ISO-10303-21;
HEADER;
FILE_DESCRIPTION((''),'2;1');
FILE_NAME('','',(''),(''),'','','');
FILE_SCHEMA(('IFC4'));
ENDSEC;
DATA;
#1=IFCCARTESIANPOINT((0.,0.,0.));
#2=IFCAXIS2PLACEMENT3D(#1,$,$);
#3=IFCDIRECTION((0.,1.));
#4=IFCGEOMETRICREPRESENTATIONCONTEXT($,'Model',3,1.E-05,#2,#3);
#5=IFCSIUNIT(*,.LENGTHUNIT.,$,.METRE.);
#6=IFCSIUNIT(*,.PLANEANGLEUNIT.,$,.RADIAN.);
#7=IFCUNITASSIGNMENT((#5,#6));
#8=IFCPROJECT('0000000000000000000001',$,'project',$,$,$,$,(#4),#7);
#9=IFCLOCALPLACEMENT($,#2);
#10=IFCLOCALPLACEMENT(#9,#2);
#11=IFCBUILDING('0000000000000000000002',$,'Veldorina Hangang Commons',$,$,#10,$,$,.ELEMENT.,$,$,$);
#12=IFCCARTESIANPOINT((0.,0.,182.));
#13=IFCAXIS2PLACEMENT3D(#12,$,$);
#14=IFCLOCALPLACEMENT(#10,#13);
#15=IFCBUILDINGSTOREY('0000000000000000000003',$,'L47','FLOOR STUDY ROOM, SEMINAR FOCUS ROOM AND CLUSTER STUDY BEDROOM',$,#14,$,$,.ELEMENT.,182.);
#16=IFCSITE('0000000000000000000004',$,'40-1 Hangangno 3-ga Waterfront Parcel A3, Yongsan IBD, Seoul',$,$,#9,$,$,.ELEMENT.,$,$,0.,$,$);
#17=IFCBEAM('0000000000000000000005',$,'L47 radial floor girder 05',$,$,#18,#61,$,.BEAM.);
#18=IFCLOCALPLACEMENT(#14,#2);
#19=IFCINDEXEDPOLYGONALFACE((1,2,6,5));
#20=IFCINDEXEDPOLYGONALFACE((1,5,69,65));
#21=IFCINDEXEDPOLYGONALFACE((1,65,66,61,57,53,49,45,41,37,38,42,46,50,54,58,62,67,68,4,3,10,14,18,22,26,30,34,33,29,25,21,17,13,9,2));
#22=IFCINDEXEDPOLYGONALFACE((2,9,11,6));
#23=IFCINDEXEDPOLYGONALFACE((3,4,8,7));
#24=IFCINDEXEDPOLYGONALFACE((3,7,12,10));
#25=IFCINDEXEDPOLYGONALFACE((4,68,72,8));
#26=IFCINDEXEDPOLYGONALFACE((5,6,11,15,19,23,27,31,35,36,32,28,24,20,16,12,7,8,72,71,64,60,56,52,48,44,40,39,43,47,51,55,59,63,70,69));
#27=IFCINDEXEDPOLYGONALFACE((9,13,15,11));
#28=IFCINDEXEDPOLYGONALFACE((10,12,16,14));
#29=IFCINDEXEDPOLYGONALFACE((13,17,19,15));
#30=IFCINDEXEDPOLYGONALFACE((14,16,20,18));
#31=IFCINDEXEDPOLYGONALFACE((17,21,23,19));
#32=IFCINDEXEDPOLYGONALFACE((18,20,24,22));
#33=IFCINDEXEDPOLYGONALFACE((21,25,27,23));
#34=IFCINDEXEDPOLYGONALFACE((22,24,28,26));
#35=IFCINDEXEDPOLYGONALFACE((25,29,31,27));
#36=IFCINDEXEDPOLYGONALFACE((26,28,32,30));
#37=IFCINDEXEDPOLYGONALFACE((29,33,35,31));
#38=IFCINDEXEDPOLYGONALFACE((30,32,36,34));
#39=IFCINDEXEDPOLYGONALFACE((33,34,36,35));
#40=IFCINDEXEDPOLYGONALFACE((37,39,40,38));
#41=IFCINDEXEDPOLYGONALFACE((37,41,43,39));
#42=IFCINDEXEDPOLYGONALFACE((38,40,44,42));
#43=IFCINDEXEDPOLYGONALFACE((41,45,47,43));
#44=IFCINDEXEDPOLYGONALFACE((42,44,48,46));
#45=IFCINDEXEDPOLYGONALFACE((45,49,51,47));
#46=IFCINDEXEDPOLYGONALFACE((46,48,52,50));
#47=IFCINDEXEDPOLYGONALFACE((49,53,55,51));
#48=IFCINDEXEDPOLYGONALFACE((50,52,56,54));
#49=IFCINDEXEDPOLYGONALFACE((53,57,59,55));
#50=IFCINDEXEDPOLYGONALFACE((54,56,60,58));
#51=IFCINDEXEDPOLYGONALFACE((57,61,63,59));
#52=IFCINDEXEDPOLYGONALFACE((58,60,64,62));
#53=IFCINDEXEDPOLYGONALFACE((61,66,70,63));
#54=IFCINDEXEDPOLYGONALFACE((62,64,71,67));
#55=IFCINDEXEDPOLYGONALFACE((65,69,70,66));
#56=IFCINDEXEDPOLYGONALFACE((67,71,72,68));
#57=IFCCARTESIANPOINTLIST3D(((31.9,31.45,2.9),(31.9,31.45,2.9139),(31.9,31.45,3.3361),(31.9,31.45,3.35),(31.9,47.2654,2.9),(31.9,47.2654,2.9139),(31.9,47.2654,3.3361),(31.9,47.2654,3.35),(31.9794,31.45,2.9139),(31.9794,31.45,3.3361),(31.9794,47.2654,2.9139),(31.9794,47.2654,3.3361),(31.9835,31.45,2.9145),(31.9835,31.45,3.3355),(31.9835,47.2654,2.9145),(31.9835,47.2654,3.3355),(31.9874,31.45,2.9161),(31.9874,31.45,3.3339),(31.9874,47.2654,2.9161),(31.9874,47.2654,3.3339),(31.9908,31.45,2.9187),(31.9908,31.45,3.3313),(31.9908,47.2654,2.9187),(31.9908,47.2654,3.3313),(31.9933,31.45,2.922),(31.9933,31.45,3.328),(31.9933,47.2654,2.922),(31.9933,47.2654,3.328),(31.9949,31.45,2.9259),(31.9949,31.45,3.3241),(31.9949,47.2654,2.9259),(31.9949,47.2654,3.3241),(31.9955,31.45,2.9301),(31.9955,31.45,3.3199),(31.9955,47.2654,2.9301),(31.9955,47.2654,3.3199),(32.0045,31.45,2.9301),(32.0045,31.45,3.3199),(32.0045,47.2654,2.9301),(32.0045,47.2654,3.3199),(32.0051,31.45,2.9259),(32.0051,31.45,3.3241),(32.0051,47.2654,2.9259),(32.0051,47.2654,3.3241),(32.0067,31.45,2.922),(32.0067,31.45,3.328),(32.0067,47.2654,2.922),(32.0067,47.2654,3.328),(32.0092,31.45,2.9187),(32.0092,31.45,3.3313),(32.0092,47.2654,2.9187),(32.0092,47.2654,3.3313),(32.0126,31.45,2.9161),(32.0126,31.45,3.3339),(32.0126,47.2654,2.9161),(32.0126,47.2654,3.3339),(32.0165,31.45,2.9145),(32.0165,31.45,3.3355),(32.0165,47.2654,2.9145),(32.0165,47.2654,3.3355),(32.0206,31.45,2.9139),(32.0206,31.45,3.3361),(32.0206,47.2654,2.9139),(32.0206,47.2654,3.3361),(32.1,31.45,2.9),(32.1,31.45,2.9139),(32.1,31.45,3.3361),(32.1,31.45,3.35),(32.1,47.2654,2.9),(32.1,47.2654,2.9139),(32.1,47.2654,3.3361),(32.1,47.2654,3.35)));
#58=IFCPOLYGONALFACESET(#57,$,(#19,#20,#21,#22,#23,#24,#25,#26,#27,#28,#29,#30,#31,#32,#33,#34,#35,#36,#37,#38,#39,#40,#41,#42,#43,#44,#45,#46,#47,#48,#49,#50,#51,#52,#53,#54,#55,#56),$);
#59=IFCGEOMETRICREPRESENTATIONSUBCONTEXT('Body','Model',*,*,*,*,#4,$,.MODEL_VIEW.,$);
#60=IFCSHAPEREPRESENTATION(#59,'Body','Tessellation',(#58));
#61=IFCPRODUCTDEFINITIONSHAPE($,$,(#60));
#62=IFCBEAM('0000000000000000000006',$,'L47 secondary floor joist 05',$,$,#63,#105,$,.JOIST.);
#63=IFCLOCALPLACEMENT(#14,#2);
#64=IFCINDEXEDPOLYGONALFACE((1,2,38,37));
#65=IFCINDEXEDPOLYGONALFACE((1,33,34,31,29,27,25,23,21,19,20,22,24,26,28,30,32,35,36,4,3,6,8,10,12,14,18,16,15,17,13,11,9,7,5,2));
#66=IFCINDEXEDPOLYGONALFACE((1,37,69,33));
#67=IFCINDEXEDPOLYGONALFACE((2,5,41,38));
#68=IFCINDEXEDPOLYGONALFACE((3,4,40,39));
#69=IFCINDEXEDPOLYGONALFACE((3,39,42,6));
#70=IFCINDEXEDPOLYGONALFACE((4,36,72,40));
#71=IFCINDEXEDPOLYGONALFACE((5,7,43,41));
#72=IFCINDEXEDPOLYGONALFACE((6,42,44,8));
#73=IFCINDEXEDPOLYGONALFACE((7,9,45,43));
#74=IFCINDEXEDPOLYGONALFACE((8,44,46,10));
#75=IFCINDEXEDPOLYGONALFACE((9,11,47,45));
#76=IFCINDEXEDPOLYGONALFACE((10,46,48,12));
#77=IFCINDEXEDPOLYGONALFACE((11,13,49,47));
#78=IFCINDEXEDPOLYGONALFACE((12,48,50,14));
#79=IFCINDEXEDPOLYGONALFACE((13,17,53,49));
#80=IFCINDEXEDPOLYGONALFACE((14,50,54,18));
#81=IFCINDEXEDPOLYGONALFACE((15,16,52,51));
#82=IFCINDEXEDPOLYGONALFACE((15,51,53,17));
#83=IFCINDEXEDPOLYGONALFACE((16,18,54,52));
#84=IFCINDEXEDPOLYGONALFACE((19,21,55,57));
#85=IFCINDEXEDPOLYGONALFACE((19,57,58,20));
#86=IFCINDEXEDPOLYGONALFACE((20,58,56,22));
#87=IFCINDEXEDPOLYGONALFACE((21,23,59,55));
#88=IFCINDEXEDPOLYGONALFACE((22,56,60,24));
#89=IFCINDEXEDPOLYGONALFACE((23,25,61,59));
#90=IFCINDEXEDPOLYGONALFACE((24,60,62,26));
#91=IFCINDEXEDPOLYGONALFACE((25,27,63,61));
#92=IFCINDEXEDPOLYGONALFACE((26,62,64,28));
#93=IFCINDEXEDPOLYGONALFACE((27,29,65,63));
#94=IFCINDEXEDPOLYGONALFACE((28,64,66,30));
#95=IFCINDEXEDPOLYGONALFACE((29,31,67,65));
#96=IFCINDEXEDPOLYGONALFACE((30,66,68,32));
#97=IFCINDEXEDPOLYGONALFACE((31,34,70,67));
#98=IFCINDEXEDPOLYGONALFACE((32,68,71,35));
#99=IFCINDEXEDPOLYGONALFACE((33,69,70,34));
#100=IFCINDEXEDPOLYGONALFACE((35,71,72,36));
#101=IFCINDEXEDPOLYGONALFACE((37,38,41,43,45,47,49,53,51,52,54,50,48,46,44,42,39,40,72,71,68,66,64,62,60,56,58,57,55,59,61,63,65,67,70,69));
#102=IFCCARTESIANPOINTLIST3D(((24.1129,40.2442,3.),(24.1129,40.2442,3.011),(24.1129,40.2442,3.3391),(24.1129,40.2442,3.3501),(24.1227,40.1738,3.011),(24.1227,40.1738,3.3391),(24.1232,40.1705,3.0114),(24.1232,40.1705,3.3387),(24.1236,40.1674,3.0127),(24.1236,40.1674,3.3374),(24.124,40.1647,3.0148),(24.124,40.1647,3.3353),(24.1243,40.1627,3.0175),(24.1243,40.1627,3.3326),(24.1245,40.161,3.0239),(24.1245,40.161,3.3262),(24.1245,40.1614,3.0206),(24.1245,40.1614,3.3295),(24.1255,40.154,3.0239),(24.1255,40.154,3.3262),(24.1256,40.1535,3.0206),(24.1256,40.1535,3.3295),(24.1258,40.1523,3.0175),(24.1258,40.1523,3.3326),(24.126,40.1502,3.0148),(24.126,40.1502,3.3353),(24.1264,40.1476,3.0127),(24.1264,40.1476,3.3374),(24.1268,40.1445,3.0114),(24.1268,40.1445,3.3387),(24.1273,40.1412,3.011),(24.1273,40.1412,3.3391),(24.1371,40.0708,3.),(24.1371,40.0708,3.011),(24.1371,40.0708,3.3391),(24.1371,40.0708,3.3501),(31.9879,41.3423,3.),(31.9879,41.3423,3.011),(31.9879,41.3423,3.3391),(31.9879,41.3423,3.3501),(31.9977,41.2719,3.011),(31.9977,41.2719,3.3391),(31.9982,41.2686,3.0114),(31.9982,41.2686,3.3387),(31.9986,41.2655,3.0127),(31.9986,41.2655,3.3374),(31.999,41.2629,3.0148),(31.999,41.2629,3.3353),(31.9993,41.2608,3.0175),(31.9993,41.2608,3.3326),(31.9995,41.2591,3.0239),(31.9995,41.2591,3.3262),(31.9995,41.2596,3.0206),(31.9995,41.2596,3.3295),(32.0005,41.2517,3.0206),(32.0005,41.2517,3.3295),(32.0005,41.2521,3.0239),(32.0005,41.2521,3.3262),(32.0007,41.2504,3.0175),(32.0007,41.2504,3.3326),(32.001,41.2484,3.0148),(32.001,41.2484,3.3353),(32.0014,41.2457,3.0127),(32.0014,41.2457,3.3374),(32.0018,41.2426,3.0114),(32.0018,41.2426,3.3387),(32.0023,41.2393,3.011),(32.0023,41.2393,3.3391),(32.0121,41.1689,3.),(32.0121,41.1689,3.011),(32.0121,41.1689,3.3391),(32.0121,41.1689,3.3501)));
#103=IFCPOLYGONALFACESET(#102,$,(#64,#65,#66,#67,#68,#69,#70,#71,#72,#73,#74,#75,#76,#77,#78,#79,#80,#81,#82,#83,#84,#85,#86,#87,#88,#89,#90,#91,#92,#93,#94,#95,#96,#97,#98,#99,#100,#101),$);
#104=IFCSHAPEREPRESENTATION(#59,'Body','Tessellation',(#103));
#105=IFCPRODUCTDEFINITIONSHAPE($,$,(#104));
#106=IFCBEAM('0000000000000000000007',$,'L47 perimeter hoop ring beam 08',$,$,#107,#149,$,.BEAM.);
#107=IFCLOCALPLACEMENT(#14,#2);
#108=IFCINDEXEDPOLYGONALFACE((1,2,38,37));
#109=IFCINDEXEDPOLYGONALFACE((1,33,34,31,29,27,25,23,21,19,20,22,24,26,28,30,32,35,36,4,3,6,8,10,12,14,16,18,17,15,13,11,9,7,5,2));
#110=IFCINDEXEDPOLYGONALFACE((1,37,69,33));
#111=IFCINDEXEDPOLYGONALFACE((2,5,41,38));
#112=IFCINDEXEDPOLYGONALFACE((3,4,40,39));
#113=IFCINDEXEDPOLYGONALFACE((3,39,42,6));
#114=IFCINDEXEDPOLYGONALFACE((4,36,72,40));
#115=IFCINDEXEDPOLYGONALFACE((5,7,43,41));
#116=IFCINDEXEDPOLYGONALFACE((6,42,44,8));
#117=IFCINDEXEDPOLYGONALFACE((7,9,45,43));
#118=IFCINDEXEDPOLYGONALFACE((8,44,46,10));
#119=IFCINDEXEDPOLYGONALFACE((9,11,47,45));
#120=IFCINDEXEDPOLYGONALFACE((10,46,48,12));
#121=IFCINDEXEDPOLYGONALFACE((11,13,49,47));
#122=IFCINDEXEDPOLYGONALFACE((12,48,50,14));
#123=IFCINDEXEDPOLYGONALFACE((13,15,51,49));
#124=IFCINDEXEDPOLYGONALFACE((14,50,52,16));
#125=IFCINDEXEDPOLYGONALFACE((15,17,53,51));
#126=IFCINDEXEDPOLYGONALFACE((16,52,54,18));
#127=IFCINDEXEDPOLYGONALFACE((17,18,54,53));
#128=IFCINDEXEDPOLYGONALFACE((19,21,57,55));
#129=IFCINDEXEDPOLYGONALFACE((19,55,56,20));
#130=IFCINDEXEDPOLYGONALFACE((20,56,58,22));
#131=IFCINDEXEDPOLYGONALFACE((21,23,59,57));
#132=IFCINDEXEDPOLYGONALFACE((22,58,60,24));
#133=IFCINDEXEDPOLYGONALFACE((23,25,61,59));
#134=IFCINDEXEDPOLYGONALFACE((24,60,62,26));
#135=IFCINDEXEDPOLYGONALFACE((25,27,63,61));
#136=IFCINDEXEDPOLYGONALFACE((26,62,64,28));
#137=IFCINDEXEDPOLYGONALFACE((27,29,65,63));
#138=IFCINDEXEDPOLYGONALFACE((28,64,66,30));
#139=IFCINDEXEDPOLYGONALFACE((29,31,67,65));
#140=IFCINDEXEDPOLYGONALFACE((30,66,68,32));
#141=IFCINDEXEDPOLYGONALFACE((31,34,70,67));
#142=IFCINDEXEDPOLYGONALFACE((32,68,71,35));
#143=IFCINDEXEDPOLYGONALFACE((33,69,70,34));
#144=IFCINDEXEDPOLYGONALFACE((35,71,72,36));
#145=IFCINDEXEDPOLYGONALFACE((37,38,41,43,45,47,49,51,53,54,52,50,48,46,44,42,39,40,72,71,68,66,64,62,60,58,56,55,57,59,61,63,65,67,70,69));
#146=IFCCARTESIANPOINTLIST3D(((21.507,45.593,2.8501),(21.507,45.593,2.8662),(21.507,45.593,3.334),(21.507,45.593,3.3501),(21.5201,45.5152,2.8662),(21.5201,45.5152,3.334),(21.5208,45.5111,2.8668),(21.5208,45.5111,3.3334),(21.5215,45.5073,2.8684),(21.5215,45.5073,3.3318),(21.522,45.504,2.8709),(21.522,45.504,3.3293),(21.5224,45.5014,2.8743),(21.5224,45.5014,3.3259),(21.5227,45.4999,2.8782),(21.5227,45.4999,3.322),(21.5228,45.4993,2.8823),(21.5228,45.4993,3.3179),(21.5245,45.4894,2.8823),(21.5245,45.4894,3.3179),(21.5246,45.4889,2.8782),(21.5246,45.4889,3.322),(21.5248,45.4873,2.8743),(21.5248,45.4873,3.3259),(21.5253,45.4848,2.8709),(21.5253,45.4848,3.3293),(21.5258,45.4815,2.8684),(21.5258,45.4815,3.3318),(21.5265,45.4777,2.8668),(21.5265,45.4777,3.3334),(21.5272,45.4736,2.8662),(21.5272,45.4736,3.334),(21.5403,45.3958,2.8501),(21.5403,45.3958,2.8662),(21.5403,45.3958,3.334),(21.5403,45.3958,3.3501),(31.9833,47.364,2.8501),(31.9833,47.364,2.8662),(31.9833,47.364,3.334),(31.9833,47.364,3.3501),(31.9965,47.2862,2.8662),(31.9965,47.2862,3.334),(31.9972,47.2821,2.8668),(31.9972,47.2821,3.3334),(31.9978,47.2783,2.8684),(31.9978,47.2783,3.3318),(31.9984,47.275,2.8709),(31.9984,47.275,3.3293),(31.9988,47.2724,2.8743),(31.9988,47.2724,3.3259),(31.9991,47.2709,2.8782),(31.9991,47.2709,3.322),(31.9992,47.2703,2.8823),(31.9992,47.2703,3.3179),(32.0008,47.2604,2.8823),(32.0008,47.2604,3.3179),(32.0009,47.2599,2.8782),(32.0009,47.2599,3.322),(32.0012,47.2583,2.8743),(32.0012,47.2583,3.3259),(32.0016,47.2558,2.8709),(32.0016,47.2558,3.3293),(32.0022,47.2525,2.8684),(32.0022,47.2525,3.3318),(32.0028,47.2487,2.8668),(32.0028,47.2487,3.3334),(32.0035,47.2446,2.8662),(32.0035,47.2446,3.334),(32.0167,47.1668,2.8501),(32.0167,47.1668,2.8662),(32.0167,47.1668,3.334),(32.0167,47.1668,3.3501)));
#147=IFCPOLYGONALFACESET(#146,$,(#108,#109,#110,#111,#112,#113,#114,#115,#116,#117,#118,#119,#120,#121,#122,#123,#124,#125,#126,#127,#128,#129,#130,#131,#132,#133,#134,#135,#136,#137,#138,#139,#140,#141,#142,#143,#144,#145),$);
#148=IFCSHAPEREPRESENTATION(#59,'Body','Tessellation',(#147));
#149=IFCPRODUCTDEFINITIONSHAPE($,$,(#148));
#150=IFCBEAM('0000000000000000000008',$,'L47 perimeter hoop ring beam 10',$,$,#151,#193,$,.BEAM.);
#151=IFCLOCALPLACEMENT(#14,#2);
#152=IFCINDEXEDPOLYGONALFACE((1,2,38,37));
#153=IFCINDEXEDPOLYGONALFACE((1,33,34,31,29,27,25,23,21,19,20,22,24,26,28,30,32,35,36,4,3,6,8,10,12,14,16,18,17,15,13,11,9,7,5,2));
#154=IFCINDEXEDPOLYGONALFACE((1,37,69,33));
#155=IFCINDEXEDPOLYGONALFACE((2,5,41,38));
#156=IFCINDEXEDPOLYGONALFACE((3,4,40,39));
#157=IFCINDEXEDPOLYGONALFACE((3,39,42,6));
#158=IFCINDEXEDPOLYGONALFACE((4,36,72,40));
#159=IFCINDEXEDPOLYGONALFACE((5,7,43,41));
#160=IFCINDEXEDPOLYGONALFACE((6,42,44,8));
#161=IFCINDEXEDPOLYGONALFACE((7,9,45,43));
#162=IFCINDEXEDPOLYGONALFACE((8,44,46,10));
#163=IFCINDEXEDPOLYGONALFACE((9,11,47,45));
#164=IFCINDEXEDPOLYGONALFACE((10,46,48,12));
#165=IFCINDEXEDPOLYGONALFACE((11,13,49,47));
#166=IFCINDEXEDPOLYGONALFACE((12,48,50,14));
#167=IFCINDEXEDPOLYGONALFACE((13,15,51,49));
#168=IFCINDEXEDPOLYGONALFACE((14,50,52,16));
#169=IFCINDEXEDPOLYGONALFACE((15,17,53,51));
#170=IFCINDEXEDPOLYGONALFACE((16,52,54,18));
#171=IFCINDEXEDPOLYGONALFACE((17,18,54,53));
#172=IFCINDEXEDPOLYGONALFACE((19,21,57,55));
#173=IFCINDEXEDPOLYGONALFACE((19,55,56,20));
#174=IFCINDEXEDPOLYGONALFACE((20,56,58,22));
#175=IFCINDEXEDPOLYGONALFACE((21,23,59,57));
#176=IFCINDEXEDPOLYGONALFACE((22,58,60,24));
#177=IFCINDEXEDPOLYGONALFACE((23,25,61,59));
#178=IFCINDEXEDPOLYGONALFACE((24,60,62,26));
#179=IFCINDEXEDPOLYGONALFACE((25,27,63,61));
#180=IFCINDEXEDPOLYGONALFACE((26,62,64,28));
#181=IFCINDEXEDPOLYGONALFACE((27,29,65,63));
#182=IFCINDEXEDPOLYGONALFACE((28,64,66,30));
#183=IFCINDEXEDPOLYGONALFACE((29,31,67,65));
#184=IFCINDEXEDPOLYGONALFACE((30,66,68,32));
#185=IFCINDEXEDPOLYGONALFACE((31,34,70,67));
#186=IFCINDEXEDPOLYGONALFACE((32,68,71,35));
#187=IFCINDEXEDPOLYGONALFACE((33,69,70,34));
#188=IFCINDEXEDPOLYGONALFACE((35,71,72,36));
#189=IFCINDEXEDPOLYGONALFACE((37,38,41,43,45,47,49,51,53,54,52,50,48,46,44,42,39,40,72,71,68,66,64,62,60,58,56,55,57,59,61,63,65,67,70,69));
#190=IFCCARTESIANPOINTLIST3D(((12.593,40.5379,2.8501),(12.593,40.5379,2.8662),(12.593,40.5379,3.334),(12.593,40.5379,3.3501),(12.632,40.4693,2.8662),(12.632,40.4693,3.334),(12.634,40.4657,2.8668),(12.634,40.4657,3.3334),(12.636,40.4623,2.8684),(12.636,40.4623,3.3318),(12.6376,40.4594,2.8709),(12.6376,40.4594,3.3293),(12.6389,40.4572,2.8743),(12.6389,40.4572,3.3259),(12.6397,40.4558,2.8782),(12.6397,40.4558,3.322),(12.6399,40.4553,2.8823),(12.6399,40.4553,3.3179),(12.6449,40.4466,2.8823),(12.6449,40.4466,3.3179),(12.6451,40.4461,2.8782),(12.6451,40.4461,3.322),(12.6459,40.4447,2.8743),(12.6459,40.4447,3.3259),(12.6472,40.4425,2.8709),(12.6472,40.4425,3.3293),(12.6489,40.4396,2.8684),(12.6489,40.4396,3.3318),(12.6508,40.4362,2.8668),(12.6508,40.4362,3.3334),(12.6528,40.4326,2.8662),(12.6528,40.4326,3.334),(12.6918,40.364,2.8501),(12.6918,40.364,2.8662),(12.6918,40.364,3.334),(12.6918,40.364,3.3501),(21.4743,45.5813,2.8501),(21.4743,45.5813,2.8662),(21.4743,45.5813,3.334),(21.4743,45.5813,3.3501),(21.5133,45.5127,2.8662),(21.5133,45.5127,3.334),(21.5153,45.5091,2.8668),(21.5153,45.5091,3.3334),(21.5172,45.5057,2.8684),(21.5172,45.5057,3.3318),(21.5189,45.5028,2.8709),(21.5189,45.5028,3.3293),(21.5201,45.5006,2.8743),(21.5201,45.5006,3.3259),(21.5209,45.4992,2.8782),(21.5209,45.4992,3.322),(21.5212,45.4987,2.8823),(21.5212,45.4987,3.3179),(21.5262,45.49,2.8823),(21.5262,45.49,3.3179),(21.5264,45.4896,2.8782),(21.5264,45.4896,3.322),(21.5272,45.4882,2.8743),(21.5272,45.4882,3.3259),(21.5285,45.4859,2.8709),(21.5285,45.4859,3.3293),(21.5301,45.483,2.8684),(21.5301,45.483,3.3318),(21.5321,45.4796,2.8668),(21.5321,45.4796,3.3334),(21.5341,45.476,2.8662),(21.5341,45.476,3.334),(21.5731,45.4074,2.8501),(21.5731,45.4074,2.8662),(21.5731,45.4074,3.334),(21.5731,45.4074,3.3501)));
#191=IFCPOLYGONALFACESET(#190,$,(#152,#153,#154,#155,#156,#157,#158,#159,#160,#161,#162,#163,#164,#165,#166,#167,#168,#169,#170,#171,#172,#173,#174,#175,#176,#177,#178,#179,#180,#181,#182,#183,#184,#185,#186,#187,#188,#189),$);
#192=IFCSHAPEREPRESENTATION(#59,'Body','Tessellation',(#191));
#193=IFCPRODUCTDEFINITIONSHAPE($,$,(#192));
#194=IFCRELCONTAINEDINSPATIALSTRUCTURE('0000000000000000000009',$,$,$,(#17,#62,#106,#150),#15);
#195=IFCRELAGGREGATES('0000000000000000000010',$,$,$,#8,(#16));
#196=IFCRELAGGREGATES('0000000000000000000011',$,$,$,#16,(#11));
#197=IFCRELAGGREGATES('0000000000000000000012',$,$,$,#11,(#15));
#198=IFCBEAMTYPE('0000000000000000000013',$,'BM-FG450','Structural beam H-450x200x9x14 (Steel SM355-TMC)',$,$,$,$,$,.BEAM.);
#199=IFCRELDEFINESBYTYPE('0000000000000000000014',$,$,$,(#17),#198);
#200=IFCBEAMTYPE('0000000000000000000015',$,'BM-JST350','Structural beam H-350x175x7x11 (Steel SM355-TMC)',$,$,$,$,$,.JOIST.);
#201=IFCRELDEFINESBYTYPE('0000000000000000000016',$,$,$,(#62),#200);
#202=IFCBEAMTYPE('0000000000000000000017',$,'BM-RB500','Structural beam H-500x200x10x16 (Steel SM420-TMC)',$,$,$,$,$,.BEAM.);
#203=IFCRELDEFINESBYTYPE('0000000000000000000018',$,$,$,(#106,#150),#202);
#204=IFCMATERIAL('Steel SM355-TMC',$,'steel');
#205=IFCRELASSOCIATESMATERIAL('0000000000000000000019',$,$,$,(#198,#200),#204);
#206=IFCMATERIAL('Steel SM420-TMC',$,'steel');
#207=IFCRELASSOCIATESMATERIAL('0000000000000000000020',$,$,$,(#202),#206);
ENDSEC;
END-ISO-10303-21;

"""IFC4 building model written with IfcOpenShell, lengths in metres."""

from ifc_helpers import new_model, si_unit, direction, frame, origin, origin_2d, place, context, subcontext, project, spatial, i_section, extrude, material, material_profile, profile_set, type_object, element, save


model = new_model("IFC4")

# Units and contexts
model_context = context("Model", 3, precision=1e-05, world=origin(), true_north=direction((0.0, 1.0)))
body_context = subcontext(model_context, "Body", "Model", "MODEL_VIEW")
ifc_project = project(units=[si_unit("LENGTHUNIT", "METRE"), si_unit("PLANEANGLEUNIT", "RADIAN")], contexts=[model_context])

# Site, building, storey
site_placement = place(None, origin())
site = spatial("IfcSite", under=ifc_project, at=site_placement, Name="40-1 Hangangno 3-ga Waterfront Parcel A3, Yongsan IBD, Seoul", CompositionType="ELEMENT", RefElevation=0.0)
building_placement = place(site_placement, origin())
building = spatial("IfcBuilding", under=site, at=building_placement, Name="Veldorina Hangang Commons", CompositionType="ELEMENT")
storey_placement = place(building_placement, frame((0.0, 0.0, 182.0)))
storey = spatial("IfcBuildingStorey", under=building, at=storey_placement, Name="L47", Description="FLOOR STUDY ROOM, SEMINAR FOCUS ROOM AND CLUSTER STUDY BEDROOM", CompositionType="ELEMENT", Elevation=182.0)

# Beams
ifc_material_1 = material(Name="Steel SM355-TMC", Category="steel")
ifc_material_profile_1 = material_profile(ifc_material_1, i_section(OverallWidth=0.2, OverallDepth=0.45, WebThickness=0.009, FlangeThickness=0.0139, FilletRadius=0.0161, at=origin_2d()), Name="H-450x200x9x14")
ifc_profile_set_1 = profile_set([ifc_material_profile_1], Name="Steel SM355-TMC")
beam_type_1 = type_object("IfcBeamType", Name="BM-FG450", Description="Structural beam H-450x200x9x14 (Steel SM355-TMC)", PredefinedType="BEAM", material=ifc_profile_set_1)
beam_1_placement = place(storey_placement, frame((32.0, 31.45, 3.125), z_axis=(0.0, 1.0, 0.0), x_axis=(-1.0, 0.0, 0.0)))
element("IfcBeam", 1, at=beam_1_placement, inside=storey, type_object=beam_type_1, Name="L47 radial floor girder 05", PredefinedType="BEAM", context=body_context, shape_type="SweptSolid", body=[
    extrude(i_section(OverallWidth=0.2, OverallDepth=0.45, WebThickness=0.009, FlangeThickness=0.0139, FilletRadius=0.0161, at=origin_2d()), origin(), (0.0, 0.0, 1.0), 15.8154),
])
ifc_material_profile_2 = material_profile(ifc_material_1, i_section(OverallWidth=0.175, OverallDepth=0.3501, WebThickness=0.0071, FlangeThickness=0.011, FilletRadius=0.0129, at=origin_2d()), Name="H-350x175x7x11")
ifc_profile_set_2 = profile_set([ifc_material_profile_2], Name="Steel SM355-TMC")
beam_type_2 = type_object("IfcBeamType", Name="BM-JST350", Description="Structural beam H-350x175x7x11 (Steel SM355-TMC)", PredefinedType="JOIST", material=ifc_profile_set_2)
beam_2_placement = place(storey_placement, frame((32.0, 41.2556, 3.175), z_axis=(-0.990417, -0.138111, 0.0), x_axis=(0.138111, -0.990417, 0.0)))
element("IfcBeam", 2, at=beam_2_placement, inside=storey, type_object=beam_type_2, Name="L47 secondary floor joist 05", PredefinedType="JOIST", context=body_context, shape_type="SweptSolid", body=[
    extrude(i_section(OverallWidth=0.175, OverallDepth=0.3501, WebThickness=0.0071, FlangeThickness=0.011, FilletRadius=0.0129, at=origin_2d()), origin(), (0.0, 0.0, 1.0), 7.9512),
])
ifc_material_2 = material(Name="Steel SM420-TMC", Category="steel")
ifc_material_profile_3 = material_profile(ifc_material_2, i_section(OverallWidth=0.2, OverallDepth=0.5, WebThickness=0.01, FlangeThickness=0.0161, FilletRadius=0.0161, at=origin_2d()), Name="H-500x200x10x16")
ifc_profile_set_3 = profile_set([ifc_material_profile_3], Name="Steel SM420-TMC")
beam_type_3 = type_object("IfcBeamType", Name="BM-RB500", Description="Structural beam H-500x200x10x16 (Steel SM420-TMC)", PredefinedType="BEAM", material=ifc_profile_set_3)
beam_3_placement = place(storey_placement, frame((32.0, 47.2654, 3.1001), z_axis=(-0.986011, -0.166683, 0.0), x_axis=(0.166683, -0.986011, 0.0)))
element("IfcBeam", 3, at=beam_3_placement, inside=storey, type_object=beam_type_3, Name="L47 perimeter hoop ring beam 08", PredefinedType="BEAM", context=body_context, shape_type="SweptSolid", body=[
    extrude(i_section(OverallWidth=0.2, OverallDepth=0.5, WebThickness=0.01, FlangeThickness=0.0161, FilletRadius=0.0161, at=origin_2d()), origin(), (0.0, 0.0, 1.0), 10.625),
])
beam_4_placement = place(storey_placement, frame((21.5237, 45.4944, 3.1001), z_axis=(-0.869573, -0.493805, 0.0), x_axis=(0.493805, -0.869573, 0.0)))
element("IfcBeam", 4, at=beam_4_placement, inside=storey, type_object=beam_type_3, Name="L47 perimeter hoop ring beam 10", PredefinedType="BEAM", context=body_context, shape_type="SweptSolid", body=[
    extrude(i_section(OverallWidth=0.2, OverallDepth=0.5, WebThickness=0.01, FlangeThickness=0.0161, FilletRadius=0.0161, at=origin_2d()), origin(), (0.0, 0.0, 1.0), 10.2134),
])

save(model, "model.ifc")
